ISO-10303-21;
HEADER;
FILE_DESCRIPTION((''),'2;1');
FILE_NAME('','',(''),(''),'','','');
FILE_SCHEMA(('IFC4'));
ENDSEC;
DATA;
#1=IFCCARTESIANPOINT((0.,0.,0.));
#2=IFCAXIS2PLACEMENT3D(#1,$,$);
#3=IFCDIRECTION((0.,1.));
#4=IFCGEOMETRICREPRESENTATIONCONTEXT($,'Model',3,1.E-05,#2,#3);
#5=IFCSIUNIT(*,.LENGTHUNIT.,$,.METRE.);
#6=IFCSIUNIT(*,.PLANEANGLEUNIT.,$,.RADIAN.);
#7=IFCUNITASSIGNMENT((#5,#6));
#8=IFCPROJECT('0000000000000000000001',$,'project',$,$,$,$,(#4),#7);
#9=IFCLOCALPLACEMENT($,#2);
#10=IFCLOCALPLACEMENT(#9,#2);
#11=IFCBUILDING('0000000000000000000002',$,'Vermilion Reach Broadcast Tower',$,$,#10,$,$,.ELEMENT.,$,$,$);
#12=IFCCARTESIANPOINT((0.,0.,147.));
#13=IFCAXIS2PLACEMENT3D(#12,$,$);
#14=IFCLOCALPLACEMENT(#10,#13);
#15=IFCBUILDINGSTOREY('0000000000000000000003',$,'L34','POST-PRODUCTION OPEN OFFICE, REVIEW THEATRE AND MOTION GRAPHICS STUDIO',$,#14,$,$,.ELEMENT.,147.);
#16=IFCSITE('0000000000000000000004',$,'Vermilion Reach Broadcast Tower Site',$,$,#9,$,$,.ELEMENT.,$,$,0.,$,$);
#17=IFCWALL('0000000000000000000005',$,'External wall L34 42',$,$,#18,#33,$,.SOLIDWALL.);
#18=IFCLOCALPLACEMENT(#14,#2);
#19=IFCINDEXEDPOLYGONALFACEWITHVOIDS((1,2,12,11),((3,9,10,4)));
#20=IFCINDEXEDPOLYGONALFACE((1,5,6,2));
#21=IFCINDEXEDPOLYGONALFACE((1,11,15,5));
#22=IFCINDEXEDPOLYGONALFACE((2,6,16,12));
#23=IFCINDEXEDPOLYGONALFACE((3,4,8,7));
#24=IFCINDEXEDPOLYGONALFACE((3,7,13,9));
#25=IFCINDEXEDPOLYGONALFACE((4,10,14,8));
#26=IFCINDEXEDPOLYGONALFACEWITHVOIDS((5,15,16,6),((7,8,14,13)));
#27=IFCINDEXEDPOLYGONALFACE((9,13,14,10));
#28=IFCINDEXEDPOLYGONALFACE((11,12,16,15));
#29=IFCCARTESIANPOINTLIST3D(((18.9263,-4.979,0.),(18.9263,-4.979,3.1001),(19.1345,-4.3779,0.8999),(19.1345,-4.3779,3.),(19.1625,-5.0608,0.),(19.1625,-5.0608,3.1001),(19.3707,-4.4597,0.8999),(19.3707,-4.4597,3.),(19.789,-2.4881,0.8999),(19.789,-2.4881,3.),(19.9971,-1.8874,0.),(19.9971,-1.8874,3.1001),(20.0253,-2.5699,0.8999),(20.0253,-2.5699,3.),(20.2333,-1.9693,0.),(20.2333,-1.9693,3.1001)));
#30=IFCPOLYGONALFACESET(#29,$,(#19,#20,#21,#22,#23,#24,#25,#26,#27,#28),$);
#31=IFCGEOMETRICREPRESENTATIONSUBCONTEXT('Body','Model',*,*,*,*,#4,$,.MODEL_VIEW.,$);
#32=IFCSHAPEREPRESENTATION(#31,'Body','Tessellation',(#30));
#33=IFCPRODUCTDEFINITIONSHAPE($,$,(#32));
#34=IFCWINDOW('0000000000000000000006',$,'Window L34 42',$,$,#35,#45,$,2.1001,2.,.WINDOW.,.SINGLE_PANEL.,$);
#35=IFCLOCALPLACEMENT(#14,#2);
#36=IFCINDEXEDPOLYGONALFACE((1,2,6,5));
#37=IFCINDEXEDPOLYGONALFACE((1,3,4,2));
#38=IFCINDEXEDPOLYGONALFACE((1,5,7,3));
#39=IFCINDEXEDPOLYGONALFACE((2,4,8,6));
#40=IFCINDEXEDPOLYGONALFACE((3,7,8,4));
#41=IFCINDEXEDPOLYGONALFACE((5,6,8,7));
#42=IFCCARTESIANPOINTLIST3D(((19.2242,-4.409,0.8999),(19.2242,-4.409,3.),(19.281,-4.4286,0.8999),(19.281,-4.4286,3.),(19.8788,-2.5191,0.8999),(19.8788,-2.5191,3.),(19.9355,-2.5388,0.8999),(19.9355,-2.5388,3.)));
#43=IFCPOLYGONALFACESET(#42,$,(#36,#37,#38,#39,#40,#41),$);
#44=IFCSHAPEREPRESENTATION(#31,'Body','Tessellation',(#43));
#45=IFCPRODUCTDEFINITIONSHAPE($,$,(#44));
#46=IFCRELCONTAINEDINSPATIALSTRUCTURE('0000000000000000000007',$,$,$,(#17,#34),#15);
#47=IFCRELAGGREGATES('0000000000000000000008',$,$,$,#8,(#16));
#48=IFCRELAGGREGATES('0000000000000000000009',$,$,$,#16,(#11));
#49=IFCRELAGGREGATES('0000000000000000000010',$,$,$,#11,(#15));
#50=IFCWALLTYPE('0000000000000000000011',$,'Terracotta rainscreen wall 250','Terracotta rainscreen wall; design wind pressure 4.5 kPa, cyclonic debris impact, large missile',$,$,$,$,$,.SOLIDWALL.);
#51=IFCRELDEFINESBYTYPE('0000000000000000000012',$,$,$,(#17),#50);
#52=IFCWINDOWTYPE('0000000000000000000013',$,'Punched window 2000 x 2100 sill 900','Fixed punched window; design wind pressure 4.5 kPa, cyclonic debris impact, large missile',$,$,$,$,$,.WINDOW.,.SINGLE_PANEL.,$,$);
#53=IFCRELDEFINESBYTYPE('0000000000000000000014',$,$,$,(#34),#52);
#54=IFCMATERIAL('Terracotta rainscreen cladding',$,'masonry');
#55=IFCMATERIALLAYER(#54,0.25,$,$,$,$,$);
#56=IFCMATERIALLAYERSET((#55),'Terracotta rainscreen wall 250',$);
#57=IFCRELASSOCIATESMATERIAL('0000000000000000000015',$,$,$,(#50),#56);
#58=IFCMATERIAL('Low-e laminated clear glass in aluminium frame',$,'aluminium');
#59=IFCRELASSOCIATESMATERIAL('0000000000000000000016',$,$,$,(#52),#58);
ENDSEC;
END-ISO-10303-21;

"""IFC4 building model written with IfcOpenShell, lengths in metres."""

from ifc_helpers import new_model, si_unit, direction, frame, frame_2d, origin, place, context, subcontext, project, spatial, rectangle, extrude, material, layer, layer_set, type_object, element, fill, save


model = new_model("IFC4")

# Units and contexts
model_context = context("Model", 3, precision=1e-05, world=origin(), true_north=direction((0.0, 1.0)))
body_context = subcontext(model_context, "Body", "Model", "MODEL_VIEW")
ifc_project = project(units=[si_unit("LENGTHUNIT", "METRE"), si_unit("PLANEANGLEUNIT", "RADIAN")], contexts=[model_context])

# Site, building, storey
site_placement = place(None, origin())
site = spatial("IfcSite", under=ifc_project, at=site_placement, Name="Vermilion Reach Broadcast Tower Site", CompositionType="ELEMENT", RefElevation=0.0)
building_placement = place(site_placement, origin())
building = spatial("IfcBuilding", under=site, at=building_placement, Name="Vermilion Reach Broadcast Tower", CompositionType="ELEMENT")
storey_placement = place(building_placement, frame((0.0, 0.0, 147.0)))
storey = spatial("IfcBuildingStorey", under=building, at=storey_placement, Name="L34", Description="POST-PRODUCTION OPEN OFFICE, REVIEW THEATRE AND MOTION GRAPHICS STUDIO", CompositionType="ELEMENT", Elevation=147.0)

# Wall, opening, window
ifc_material_1 = material(Name="Terracotta rainscreen cladding", Category="masonry")
ifc_layer_1 = layer(ifc_material_1, 0.25)
ifc_layer_set_1 = layer_set([ifc_layer_1], Name="Terracotta rainscreen wall 250")
wall_type_1 = type_object("IfcWallType", Name="Terracotta rainscreen wall 250", Description="Terracotta rainscreen wall; design wind pressure 4.5 kPa, cyclonic debris impact, large missile", PredefinedType="SOLIDWALL", material=ifc_layer_set_1)
ifc_material_2 = material(Name="Low-e laminated clear glass in aluminium frame", Category="aluminium")
window_type = type_object("IfcWindowType", Name="Punched window 2000 x 2100 sill 900", Description="Fixed punched window; design wind pressure 4.5 kPa, cyclonic debris impact, large missile", PartitioningType="SINGLE_PANEL", PredefinedType="WINDOW", material=ifc_material_2)
wall_1_placement = place(storey_placement, frame((19.0444, -5.0198, 0.0), z_axis=(0.0, 0.0, 1.0), x_axis=(0.327287, 0.944925, 0.0)))
wall_1 = element("IfcWall", 1, at=wall_1_placement, inside=storey, type_object=wall_type_1, Name="External wall L34 42", PredefinedType="SOLIDWALL", context=body_context, shape_type="SweptSolid", body=[
    extrude(rectangle(XDim=3.2717, YDim=0.25, at=frame_2d((1.6357, 0.0))), origin(), (0.0, 0.0, 1.0), 3.1001),
])
opening_1_placement = place(wall_1_placement, frame((0.636, 0.0, 0.8999)))
opening_1 = element("IfcOpeningElement", 2, at=opening_1_placement, cuts=wall_1, PredefinedType="OPENING", context=body_context, shape_type="SweptSolid", body=[
    extrude(rectangle(XDim=2.0, YDim=2.1001, at=frame_2d((1.0, 1.05))), frame((0.0, 0.135, 0.0), z_axis=(0.0, -1.0, 0.0), x_axis=(1.0, 0.0, 0.0)), (0.0, 0.0, 1.0), 0.27),
])
window_1_placement = place(opening_1_placement, origin())
window_1 = element("IfcWindow", 3, at=window_1_placement, inside=storey, type_object=window_type, Name="Window L34 42", OverallHeight=2.1001, OverallWidth=2.0, PartitioningType="SINGLE_PANEL", PredefinedType="WINDOW", context=body_context, shape_type="SweptSolid", body=[
    extrude(rectangle(XDim=2.0, YDim=2.1001, at=frame_2d((1.0, 1.05))), frame((0.0, 0.03, 0.0), z_axis=(0.0, -1.0, 0.0), x_axis=(1.0, 0.0, 0.0)), (0.0, 0.0, 1.0), 0.0601),
])
fill(opening_1, window_1)

save(model, "model.ifc")
